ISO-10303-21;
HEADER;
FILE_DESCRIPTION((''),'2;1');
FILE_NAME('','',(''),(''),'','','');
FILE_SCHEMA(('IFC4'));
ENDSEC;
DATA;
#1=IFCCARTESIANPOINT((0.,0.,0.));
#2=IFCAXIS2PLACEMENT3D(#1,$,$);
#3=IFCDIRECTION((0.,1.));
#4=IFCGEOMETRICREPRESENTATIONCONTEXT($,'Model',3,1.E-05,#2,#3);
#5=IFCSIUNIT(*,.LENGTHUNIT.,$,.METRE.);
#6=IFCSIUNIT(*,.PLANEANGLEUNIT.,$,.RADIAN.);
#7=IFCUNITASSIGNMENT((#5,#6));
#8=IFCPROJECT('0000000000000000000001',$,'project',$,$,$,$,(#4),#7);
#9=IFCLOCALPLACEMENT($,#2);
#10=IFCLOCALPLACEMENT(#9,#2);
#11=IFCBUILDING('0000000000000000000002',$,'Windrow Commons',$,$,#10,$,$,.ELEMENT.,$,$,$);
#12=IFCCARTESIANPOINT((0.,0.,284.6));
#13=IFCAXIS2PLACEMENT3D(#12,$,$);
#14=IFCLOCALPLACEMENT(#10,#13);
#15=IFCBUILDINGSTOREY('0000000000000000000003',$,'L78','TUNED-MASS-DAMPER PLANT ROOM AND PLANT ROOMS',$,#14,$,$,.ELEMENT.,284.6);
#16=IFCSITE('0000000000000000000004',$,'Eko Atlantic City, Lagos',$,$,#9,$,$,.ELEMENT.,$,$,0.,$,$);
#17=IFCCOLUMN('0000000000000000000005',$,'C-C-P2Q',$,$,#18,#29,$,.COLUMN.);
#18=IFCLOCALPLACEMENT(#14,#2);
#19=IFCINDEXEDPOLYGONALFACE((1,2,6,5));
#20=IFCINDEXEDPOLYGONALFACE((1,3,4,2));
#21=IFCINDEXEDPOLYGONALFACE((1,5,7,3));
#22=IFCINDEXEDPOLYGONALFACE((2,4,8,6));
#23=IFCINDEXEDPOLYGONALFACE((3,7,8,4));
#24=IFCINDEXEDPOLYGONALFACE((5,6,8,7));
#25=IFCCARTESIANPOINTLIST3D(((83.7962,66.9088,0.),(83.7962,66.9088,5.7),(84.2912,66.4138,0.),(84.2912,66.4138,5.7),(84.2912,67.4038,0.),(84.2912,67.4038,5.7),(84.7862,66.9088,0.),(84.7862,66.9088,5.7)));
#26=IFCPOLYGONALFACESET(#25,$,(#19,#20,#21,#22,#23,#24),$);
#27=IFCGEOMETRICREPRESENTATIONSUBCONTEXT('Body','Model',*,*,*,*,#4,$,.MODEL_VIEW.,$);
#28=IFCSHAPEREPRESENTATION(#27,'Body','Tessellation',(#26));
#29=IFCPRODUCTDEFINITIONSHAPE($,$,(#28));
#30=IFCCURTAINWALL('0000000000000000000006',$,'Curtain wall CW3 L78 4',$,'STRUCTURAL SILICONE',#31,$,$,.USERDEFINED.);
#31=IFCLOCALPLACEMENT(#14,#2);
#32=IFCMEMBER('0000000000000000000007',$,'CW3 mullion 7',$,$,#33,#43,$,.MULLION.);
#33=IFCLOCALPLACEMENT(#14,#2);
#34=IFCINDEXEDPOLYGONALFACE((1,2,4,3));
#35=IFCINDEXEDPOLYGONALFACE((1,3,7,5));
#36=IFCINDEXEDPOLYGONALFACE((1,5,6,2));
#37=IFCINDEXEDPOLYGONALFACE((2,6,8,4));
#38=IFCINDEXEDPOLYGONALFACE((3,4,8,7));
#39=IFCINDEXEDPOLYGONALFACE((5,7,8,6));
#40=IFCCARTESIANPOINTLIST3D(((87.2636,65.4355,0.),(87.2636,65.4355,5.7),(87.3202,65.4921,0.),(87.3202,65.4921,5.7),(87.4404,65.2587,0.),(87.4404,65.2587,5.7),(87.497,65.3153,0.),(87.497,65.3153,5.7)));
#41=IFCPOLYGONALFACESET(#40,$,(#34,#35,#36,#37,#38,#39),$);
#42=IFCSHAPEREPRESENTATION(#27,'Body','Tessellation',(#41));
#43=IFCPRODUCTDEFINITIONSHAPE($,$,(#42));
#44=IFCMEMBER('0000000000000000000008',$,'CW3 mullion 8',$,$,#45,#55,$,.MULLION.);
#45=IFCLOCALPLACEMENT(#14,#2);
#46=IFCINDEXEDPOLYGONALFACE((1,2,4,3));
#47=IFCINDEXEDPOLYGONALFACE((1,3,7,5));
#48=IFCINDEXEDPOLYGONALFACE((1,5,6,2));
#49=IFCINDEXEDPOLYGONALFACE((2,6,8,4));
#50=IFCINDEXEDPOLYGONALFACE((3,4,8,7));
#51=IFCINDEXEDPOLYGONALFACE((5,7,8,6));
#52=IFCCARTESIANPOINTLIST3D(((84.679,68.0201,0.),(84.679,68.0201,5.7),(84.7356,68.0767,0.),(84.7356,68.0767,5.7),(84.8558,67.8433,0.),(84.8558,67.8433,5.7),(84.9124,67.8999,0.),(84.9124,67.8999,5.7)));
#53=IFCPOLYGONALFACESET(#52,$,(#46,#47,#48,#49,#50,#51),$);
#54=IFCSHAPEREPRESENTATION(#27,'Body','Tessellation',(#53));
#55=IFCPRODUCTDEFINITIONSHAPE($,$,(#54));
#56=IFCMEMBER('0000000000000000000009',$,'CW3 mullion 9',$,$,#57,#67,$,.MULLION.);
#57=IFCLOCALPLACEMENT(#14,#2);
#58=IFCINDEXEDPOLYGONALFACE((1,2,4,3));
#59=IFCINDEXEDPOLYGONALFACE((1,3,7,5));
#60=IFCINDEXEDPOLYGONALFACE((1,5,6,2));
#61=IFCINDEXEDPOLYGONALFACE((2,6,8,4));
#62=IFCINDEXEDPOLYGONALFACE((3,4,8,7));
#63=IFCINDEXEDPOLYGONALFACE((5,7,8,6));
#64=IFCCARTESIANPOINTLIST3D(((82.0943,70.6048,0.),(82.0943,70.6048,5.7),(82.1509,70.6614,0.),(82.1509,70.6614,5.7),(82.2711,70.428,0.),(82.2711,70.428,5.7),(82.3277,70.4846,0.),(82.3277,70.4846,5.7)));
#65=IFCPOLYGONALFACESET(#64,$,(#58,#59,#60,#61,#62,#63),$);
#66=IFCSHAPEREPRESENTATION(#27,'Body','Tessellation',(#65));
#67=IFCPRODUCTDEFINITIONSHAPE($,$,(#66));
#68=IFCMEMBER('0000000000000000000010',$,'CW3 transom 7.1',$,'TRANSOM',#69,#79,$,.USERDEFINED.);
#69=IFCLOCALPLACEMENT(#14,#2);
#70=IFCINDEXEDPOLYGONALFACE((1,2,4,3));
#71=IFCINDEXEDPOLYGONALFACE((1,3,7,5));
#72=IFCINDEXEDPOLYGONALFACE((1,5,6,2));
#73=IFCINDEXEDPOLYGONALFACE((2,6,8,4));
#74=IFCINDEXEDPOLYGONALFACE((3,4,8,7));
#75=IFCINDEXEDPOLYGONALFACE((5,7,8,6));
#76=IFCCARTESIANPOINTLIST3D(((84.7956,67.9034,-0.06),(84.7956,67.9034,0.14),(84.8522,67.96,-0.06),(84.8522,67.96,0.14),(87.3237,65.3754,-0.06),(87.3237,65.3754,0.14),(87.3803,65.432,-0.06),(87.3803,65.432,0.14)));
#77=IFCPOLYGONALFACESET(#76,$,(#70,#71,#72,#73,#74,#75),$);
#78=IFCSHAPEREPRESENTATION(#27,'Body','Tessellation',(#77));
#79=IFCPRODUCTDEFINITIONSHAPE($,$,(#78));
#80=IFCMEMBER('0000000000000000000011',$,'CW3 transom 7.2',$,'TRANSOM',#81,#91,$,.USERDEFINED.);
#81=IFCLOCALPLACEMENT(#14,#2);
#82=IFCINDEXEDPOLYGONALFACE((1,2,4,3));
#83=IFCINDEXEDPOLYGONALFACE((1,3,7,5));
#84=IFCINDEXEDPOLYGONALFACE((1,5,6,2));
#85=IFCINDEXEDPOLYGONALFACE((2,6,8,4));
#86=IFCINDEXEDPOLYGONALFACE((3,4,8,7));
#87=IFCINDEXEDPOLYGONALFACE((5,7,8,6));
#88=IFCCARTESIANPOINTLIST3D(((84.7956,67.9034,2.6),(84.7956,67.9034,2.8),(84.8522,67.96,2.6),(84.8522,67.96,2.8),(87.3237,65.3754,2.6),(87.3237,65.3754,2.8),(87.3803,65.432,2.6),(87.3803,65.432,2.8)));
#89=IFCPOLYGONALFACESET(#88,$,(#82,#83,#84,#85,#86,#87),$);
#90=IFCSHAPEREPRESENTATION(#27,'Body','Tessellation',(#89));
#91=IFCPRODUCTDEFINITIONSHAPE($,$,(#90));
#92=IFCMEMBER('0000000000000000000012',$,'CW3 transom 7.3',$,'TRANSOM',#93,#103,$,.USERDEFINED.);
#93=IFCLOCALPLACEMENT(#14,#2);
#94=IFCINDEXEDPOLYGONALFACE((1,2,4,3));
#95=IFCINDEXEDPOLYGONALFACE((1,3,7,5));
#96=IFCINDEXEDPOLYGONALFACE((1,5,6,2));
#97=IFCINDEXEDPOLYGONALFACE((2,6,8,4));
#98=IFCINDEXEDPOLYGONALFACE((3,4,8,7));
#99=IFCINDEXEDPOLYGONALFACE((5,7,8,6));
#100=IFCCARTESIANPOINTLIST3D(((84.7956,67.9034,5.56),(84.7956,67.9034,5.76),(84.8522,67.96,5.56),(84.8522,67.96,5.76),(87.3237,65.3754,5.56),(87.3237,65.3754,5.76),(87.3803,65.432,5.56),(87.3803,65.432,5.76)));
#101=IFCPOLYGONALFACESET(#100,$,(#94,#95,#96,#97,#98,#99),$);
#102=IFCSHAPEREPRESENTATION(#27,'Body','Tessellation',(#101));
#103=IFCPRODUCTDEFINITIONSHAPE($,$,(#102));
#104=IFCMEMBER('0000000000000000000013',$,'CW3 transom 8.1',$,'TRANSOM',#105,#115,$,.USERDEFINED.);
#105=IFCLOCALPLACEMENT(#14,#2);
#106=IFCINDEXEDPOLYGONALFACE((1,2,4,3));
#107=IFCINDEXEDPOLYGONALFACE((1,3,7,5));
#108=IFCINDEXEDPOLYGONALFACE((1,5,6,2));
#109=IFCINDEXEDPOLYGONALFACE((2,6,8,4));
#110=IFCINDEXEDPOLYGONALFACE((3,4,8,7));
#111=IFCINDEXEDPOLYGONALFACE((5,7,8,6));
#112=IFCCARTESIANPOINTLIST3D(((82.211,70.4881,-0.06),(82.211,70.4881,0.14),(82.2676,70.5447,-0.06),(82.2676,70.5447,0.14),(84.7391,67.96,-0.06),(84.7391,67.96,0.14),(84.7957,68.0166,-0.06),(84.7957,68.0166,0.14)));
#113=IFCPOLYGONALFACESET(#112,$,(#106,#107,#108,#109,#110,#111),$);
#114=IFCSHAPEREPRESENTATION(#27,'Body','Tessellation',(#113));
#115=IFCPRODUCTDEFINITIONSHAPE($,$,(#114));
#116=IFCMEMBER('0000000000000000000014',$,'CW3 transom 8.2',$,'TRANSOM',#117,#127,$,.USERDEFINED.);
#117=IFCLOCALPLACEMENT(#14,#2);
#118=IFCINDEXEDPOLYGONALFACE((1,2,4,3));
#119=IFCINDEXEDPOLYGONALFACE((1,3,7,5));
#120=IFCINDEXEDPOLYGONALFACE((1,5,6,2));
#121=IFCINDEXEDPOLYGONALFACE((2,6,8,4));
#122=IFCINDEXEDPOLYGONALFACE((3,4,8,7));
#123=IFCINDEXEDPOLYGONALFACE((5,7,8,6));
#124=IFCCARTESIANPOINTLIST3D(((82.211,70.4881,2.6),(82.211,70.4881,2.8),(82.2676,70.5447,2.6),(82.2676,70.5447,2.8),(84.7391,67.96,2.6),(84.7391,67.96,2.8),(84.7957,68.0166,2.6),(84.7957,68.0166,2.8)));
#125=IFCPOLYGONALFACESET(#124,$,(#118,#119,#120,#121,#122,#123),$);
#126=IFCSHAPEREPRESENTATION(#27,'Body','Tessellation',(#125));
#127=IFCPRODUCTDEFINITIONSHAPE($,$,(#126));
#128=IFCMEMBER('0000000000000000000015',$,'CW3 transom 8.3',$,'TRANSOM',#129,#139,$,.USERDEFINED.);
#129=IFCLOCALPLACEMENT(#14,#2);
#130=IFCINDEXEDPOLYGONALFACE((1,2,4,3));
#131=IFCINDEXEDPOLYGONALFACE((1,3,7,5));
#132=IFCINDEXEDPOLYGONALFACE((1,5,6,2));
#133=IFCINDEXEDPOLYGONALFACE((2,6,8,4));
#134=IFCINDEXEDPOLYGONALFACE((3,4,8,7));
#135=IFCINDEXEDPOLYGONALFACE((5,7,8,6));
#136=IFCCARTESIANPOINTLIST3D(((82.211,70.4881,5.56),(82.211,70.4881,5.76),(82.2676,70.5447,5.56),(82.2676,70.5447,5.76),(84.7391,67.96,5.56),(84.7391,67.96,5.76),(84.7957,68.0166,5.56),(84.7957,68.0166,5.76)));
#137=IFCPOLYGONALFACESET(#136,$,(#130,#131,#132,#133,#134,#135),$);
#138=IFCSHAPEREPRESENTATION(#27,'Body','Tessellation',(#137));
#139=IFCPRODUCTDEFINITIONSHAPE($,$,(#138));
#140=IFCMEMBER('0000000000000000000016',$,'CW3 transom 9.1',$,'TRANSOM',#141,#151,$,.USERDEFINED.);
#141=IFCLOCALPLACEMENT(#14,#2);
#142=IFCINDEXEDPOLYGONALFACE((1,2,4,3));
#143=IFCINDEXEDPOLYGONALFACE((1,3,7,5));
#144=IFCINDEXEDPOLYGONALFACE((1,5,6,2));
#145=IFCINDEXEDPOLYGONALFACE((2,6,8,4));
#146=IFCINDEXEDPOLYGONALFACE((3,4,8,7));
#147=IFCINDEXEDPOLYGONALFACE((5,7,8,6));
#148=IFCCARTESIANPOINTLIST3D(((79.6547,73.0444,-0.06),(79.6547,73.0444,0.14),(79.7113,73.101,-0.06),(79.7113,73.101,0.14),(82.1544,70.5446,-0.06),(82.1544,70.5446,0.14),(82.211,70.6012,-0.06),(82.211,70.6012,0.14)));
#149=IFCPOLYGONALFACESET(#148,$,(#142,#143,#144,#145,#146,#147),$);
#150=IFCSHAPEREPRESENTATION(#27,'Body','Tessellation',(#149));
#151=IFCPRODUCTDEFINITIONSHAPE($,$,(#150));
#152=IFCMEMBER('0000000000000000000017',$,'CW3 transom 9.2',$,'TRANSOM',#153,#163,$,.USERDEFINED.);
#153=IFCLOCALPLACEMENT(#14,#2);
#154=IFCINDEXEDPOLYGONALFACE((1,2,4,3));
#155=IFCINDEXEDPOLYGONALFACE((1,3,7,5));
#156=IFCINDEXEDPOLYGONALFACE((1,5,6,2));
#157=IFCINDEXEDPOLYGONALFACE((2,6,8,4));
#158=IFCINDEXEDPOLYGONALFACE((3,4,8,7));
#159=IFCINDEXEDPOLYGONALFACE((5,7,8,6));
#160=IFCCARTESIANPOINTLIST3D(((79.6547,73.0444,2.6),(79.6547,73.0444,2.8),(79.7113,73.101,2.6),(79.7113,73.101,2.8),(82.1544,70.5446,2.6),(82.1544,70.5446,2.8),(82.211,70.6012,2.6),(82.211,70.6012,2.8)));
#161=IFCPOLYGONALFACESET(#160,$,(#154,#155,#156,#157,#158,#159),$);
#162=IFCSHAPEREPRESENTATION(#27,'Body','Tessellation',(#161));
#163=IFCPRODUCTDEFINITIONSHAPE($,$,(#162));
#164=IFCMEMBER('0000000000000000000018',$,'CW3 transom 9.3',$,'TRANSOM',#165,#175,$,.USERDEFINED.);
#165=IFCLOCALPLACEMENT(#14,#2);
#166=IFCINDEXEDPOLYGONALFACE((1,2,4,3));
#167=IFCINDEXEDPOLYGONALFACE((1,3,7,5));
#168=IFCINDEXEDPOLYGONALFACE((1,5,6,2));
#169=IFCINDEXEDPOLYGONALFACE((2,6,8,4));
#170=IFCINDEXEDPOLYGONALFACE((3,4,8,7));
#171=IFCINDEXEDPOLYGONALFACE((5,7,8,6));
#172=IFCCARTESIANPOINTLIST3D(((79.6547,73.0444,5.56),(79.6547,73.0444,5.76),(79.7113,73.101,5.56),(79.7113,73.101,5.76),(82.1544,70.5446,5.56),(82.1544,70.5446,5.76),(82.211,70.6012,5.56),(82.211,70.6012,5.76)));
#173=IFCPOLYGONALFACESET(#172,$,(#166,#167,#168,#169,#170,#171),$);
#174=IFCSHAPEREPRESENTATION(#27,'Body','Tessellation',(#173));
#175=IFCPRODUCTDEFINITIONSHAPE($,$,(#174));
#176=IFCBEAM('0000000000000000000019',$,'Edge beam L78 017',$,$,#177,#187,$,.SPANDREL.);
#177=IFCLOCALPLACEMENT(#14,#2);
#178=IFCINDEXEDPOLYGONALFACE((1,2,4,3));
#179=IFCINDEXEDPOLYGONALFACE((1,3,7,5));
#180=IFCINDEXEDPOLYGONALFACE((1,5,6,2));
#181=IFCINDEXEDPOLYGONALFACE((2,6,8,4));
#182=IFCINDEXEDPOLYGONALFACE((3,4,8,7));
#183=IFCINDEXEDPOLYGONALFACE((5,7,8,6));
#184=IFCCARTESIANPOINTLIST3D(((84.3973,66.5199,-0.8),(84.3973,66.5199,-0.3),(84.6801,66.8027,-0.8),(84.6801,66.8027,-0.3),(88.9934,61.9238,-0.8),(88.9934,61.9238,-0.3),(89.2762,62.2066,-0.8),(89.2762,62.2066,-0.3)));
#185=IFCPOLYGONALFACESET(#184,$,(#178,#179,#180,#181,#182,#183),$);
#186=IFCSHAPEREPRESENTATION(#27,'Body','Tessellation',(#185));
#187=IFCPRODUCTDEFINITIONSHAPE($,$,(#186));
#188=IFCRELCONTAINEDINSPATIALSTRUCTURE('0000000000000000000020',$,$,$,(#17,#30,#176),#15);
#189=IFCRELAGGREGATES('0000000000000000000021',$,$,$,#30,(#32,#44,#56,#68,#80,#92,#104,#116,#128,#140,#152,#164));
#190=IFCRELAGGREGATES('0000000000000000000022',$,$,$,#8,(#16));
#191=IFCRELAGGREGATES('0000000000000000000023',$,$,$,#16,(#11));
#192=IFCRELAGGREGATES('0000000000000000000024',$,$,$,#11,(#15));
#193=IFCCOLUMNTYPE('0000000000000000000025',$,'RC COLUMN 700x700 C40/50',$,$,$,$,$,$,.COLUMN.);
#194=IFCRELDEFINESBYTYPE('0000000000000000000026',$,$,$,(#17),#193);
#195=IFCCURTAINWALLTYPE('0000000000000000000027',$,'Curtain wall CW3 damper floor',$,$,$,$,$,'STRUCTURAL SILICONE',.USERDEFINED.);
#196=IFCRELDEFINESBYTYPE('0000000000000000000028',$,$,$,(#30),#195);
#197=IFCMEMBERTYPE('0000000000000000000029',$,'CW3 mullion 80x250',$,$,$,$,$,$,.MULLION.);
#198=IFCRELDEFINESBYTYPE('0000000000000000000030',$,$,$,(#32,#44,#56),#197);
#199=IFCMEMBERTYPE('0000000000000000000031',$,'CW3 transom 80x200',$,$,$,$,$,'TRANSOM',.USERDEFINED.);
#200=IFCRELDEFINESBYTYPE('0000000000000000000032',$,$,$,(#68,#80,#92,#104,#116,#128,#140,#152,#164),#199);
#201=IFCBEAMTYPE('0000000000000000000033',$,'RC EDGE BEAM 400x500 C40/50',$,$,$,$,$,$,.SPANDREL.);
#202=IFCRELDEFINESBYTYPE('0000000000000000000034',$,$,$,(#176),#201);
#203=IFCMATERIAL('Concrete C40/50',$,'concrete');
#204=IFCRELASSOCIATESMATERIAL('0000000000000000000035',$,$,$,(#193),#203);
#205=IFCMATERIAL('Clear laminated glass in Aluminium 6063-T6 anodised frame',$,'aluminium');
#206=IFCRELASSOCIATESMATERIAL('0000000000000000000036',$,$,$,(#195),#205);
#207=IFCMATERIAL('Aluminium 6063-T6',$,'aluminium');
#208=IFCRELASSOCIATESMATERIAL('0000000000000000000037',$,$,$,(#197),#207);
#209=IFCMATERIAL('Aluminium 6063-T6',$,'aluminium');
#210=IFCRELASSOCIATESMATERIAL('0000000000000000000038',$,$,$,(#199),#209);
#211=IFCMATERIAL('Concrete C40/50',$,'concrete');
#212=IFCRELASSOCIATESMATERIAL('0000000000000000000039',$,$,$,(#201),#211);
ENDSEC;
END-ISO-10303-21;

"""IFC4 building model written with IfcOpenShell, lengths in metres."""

from ifc_helpers import new_model, si_unit, direction, frame, origin, origin_2d, place, context, subcontext, project, spatial, rectangle, extrude, material, material_profile, profile_set, type_object, element, aggregate, save


model = new_model("IFC4")

# Units and contexts
model_context = context("Model", 3, precision=1e-05, world=origin(), true_north=direction((0.0, 1.0)))
body_context = subcontext(model_context, "Body", "Model", "MODEL_VIEW")
ifc_project = project(units=[si_unit("LENGTHUNIT", "METRE"), si_unit("PLANEANGLEUNIT", "RADIAN")], contexts=[model_context])

# Site, building, storey
site_placement = place(None, origin())
site = spatial("IfcSite", under=ifc_project, at=site_placement, Name="Eko Atlantic City, Lagos", CompositionType="ELEMENT", RefElevation=0.0)
building_placement = place(site_placement, origin())
building = spatial("IfcBuilding", under=site, at=building_placement, Name="Windrow Commons", CompositionType="ELEMENT")
storey_placement = place(building_placement, frame((0.0, 0.0, 284.6)))
storey = spatial("IfcBuildingStorey", under=building, at=storey_placement, Name="L78", Description="TUNED-MASS-DAMPER PLANT ROOM AND PLANT ROOMS", CompositionType="ELEMENT", Elevation=284.6)

# Column
ifc_material_1 = material(Name="Concrete C40/50", Category="concrete")
ifc_material_profile_1 = material_profile(ifc_material_1, rectangle(XDim=0.7, YDim=0.7, at=origin_2d()))
ifc_profile_set_1 = profile_set([ifc_material_profile_1], Name="Concrete C40/50")
column_type = type_object("IfcColumnType", Name="RC COLUMN 700x700 C40/50", PredefinedType="COLUMN", material=ifc_profile_set_1)
column_placement = place(storey_placement, frame((84.2912, 66.9088, 0.0), z_axis=(0.0, 0.0, 1.0), x_axis=(0.707107, -0.707107, 0.0)))
element("IfcColumn", 1, at=column_placement, inside=storey, type_object=column_type, Name="C-C-P2Q", PredefinedType="COLUMN", context=body_context, shape_type="SweptSolid", body=[
    extrude(rectangle(XDim=0.7, YDim=0.7, at=origin_2d()), origin(), (0.0, 0.0, 1.0), 5.7),
])

# Curtain wall, members
ifc_material_2 = material(Name="Clear laminated glass in Aluminium 6063-T6 anodised frame", Category="aluminium")
curtain_wall_type = type_object("IfcCurtainWallType", Name="Curtain wall CW3 damper floor", ElementType="STRUCTURAL SILICONE", PredefinedType="USERDEFINED", material=ifc_material_2)
curtain_wall_placement = place(storey_placement, origin())
curtain_wall = element("IfcCurtainWall", 2, at=curtain_wall_placement, inside=storey, type_object=curtain_wall_type, Name="Curtain wall CW3 L78 4", ObjectType="STRUCTURAL SILICONE", PredefinedType="USERDEFINED")
ifc_material_3 = material(Name="Aluminium 6063-T6", Category="aluminium")
ifc_material_profile_2 = material_profile(ifc_material_3, rectangle(XDim=0.08, YDim=0.25, at=origin_2d()))
ifc_profile_set_2 = profile_set([ifc_material_profile_2], Name="Aluminium 6063-T6")
member_type_1 = type_object("IfcMemberType", Name="CW3 mullion 80x250", PredefinedType="MULLION", material=ifc_profile_set_2)
member_1_placement = place(storey_placement, frame((87.3803, 65.3754, 0.0), z_axis=(0.0, 0.0, 1.0), x_axis=(-0.707107, -0.707107, 0.0)))
member_1 = element("IfcMember", 3, at=member_1_placement, type_object=member_type_1, Name="CW3 mullion 7", PredefinedType="MULLION", context=body_context, shape_type="SweptSolid", body=[
    extrude(rectangle(XDim=0.08, YDim=0.25, at=origin_2d()), origin(), (0.0, 0.0, 1.0), 5.7),
])
member_2_placement = place(storey_placement, frame((84.7957, 67.96, 0.0), z_axis=(0.0, 0.0, 1.0), x_axis=(-0.707107, -0.707107, 0.0)))
member_2 = element("IfcMember", 4, at=member_2_placement, type_object=member_type_1, Name="CW3 mullion 8", PredefinedType="MULLION", context=body_context, shape_type="SweptSolid", body=[
    extrude(rectangle(XDim=0.08, YDim=0.25, at=origin_2d()), origin(), (0.0, 0.0, 1.0), 5.7),
])
member_3_placement = place(storey_placement, frame((82.211, 70.5447, 0.0), z_axis=(0.0, 0.0, 1.0), x_axis=(-0.707107, -0.707107, 0.0)))
member_3 = element("IfcMember", 5, at=member_3_placement, type_object=member_type_1, Name="CW3 mullion 9", PredefinedType="MULLION", context=body_context, shape_type="SweptSolid", body=[
    extrude(rectangle(XDim=0.08, YDim=0.25, at=origin_2d()), origin(), (0.0, 0.0, 1.0), 5.7),
])
ifc_material_4 = material(Name="Aluminium 6063-T6", Category="aluminium")
ifc_material_profile_3 = material_profile(ifc_material_4, rectangle(XDim=0.08, YDim=0.2, at=origin_2d()))
ifc_profile_set_3 = profile_set([ifc_material_profile_3], Name="Aluminium 6063-T6")
member_type_2 = type_object("IfcMemberType", Name="CW3 transom 80x200", ElementType="TRANSOM", PredefinedType="USERDEFINED", material=ifc_profile_set_3)
member_4_placement = place(storey_placement, frame((87.352, 65.4037, 0.04), z_axis=(-0.707121, 0.707093, 0.0), x_axis=(-0.707093, -0.707121, 0.0)))
member_4 = element("IfcMember", 6, at=member_4_placement, type_object=member_type_2, Name="CW3 transom 7.1", ObjectType="TRANSOM", PredefinedType="USERDEFINED", context=body_context, shape_type="SweptSolid", body=[
    extrude(rectangle(XDim=0.08, YDim=0.2, at=origin_2d()), origin(), (0.0, 0.0, 1.0), 3.5752),
])
member_5_placement = place(storey_placement, frame((87.352, 65.4037, 2.7), z_axis=(-0.707121, 0.707093, 0.0), x_axis=(-0.707093, -0.707121, 0.0)))
member_5 = element("IfcMember", 7, at=member_5_placement, type_object=member_type_2, Name="CW3 transom 7.2", ObjectType="TRANSOM", PredefinedType="USERDEFINED", context=body_context, shape_type="SweptSolid", body=[
    extrude(rectangle(XDim=0.08, YDim=0.2, at=origin_2d()), origin(), (0.0, 0.0, 1.0), 3.5752),
])
member_6_placement = place(storey_placement, frame((87.352, 65.4037, 5.66), z_axis=(-0.707121, 0.707093, 0.0), x_axis=(-0.707093, -0.707121, 0.0)))
member_6 = element("IfcMember", 8, at=member_6_placement, type_object=member_type_2, Name="CW3 transom 7.3", ObjectType="TRANSOM", PredefinedType="USERDEFINED", context=body_context, shape_type="SweptSolid", body=[
    extrude(rectangle(XDim=0.08, YDim=0.2, at=origin_2d()), origin(), (0.0, 0.0, 1.0), 3.5752),
])
member_7_placement = place(storey_placement, frame((84.7674, 67.9883, 0.04), z_axis=(-0.707107, 0.707107, 0.0), x_axis=(-0.707107, -0.707107, 0.0)))
member_7 = element("IfcMember", 9, at=member_7_placement, type_object=member_type_2, Name="CW3 transom 8.1", ObjectType="TRANSOM", PredefinedType="USERDEFINED", context=body_context, shape_type="SweptSolid", body=[
    extrude(rectangle(XDim=0.08, YDim=0.2, at=origin_2d()), origin(), (0.0, 0.0, 1.0), 3.5753),
])
member_8_placement = place(storey_placement, frame((84.7674, 67.9883, 2.7), z_axis=(-0.707107, 0.707107, 0.0), x_axis=(-0.707107, -0.707107, 0.0)))
member_8 = element("IfcMember", 10, at=member_8_placement, type_object=member_type_2, Name="CW3 transom 8.2", ObjectType="TRANSOM", PredefinedType="USERDEFINED", context=body_context, shape_type="SweptSolid", body=[
    extrude(rectangle(XDim=0.08, YDim=0.2, at=origin_2d()), origin(), (0.0, 0.0, 1.0), 3.5753),
])
member_9_placement = place(storey_placement, frame((84.7674, 67.9883, 5.66), z_axis=(-0.707107, 0.707107, 0.0), x_axis=(-0.707107, -0.707107, 0.0)))
member_9 = element("IfcMember", 11, at=member_9_placement, type_object=member_type_2, Name="CW3 transom 8.3", ObjectType="TRANSOM", PredefinedType="USERDEFINED", context=body_context, shape_type="SweptSolid", body=[
    extrude(rectangle(XDim=0.08, YDim=0.2, at=origin_2d()), origin(), (0.0, 0.0, 1.0), 3.5753),
])
member_10_placement = place(storey_placement, frame((82.1827, 70.5729, 0.04), z_axis=(-0.707093, 0.707121, 0.0), x_axis=(-0.707121, -0.707093, 0.0)))
member_10 = element("IfcMember", 12, at=member_10_placement, type_object=member_type_2, Name="CW3 transom 9.1", ObjectType="TRANSOM", PredefinedType="USERDEFINED", context=body_context, shape_type="SweptSolid", body=[
    extrude(rectangle(XDim=0.08, YDim=0.2, at=origin_2d()), origin(), (0.0, 0.0, 1.0), 3.5352),
])
member_11_placement = place(storey_placement, frame((82.1827, 70.5729, 2.7), z_axis=(-0.707093, 0.707121, 0.0), x_axis=(-0.707121, -0.707093, 0.0)))
member_11 = element("IfcMember", 13, at=member_11_placement, type_object=member_type_2, Name="CW3 transom 9.2", ObjectType="TRANSOM", PredefinedType="USERDEFINED", context=body_context, shape_type="SweptSolid", body=[
    extrude(rectangle(XDim=0.08, YDim=0.2, at=origin_2d()), origin(), (0.0, 0.0, 1.0), 3.5352),
])
member_12_placement = place(storey_placement, frame((82.1827, 70.5729, 5.66), z_axis=(-0.707093, 0.707121, 0.0), x_axis=(-0.707121, -0.707093, 0.0)))
member_12 = element("IfcMember", 14, at=member_12_placement, type_object=member_type_2, Name="CW3 transom 9.3", ObjectType="TRANSOM", PredefinedType="USERDEFINED", context=body_context, shape_type="SweptSolid", body=[
    extrude(rectangle(XDim=0.08, YDim=0.2, at=origin_2d()), origin(), (0.0, 0.0, 1.0), 3.5352),
])

# Beam
ifc_material_5 = material(Name="Concrete C40/50", Category="concrete")
ifc_material_profile_4 = material_profile(ifc_material_5, rectangle(XDim=0.4, YDim=0.5, at=origin_2d()))
ifc_profile_set_4 = profile_set([ifc_material_profile_4], Name="Concrete C40/50")
beam_type = type_object("IfcBeamType", Name="RC EDGE BEAM 400x500 C40/50", PredefinedType="SPANDREL", material=ifc_profile_set_4)
beam_placement = place(storey_placement, frame((84.5387, 66.6613, -0.55), z_axis=(0.707107, -0.707107, 0.0), x_axis=(0.707107, 0.707107, 0.0)))
element("IfcBeam", 15, at=beam_placement, inside=storey, type_object=beam_type, Name="Edge beam L78 017", PredefinedType="SPANDREL", context=body_context, shape_type="SweptSolid", body=[
    extrude(rectangle(XDim=0.4, YDim=0.5, at=origin_2d()), origin(), (0.0, 0.0, 1.0), 6.4999),
])

aggregate(curtain_wall, [member_1, member_2, member_3, member_4, member_5, member_6, member_7, member_8, member_9, member_10, member_11, member_12])

save(model, "model.ifc")
